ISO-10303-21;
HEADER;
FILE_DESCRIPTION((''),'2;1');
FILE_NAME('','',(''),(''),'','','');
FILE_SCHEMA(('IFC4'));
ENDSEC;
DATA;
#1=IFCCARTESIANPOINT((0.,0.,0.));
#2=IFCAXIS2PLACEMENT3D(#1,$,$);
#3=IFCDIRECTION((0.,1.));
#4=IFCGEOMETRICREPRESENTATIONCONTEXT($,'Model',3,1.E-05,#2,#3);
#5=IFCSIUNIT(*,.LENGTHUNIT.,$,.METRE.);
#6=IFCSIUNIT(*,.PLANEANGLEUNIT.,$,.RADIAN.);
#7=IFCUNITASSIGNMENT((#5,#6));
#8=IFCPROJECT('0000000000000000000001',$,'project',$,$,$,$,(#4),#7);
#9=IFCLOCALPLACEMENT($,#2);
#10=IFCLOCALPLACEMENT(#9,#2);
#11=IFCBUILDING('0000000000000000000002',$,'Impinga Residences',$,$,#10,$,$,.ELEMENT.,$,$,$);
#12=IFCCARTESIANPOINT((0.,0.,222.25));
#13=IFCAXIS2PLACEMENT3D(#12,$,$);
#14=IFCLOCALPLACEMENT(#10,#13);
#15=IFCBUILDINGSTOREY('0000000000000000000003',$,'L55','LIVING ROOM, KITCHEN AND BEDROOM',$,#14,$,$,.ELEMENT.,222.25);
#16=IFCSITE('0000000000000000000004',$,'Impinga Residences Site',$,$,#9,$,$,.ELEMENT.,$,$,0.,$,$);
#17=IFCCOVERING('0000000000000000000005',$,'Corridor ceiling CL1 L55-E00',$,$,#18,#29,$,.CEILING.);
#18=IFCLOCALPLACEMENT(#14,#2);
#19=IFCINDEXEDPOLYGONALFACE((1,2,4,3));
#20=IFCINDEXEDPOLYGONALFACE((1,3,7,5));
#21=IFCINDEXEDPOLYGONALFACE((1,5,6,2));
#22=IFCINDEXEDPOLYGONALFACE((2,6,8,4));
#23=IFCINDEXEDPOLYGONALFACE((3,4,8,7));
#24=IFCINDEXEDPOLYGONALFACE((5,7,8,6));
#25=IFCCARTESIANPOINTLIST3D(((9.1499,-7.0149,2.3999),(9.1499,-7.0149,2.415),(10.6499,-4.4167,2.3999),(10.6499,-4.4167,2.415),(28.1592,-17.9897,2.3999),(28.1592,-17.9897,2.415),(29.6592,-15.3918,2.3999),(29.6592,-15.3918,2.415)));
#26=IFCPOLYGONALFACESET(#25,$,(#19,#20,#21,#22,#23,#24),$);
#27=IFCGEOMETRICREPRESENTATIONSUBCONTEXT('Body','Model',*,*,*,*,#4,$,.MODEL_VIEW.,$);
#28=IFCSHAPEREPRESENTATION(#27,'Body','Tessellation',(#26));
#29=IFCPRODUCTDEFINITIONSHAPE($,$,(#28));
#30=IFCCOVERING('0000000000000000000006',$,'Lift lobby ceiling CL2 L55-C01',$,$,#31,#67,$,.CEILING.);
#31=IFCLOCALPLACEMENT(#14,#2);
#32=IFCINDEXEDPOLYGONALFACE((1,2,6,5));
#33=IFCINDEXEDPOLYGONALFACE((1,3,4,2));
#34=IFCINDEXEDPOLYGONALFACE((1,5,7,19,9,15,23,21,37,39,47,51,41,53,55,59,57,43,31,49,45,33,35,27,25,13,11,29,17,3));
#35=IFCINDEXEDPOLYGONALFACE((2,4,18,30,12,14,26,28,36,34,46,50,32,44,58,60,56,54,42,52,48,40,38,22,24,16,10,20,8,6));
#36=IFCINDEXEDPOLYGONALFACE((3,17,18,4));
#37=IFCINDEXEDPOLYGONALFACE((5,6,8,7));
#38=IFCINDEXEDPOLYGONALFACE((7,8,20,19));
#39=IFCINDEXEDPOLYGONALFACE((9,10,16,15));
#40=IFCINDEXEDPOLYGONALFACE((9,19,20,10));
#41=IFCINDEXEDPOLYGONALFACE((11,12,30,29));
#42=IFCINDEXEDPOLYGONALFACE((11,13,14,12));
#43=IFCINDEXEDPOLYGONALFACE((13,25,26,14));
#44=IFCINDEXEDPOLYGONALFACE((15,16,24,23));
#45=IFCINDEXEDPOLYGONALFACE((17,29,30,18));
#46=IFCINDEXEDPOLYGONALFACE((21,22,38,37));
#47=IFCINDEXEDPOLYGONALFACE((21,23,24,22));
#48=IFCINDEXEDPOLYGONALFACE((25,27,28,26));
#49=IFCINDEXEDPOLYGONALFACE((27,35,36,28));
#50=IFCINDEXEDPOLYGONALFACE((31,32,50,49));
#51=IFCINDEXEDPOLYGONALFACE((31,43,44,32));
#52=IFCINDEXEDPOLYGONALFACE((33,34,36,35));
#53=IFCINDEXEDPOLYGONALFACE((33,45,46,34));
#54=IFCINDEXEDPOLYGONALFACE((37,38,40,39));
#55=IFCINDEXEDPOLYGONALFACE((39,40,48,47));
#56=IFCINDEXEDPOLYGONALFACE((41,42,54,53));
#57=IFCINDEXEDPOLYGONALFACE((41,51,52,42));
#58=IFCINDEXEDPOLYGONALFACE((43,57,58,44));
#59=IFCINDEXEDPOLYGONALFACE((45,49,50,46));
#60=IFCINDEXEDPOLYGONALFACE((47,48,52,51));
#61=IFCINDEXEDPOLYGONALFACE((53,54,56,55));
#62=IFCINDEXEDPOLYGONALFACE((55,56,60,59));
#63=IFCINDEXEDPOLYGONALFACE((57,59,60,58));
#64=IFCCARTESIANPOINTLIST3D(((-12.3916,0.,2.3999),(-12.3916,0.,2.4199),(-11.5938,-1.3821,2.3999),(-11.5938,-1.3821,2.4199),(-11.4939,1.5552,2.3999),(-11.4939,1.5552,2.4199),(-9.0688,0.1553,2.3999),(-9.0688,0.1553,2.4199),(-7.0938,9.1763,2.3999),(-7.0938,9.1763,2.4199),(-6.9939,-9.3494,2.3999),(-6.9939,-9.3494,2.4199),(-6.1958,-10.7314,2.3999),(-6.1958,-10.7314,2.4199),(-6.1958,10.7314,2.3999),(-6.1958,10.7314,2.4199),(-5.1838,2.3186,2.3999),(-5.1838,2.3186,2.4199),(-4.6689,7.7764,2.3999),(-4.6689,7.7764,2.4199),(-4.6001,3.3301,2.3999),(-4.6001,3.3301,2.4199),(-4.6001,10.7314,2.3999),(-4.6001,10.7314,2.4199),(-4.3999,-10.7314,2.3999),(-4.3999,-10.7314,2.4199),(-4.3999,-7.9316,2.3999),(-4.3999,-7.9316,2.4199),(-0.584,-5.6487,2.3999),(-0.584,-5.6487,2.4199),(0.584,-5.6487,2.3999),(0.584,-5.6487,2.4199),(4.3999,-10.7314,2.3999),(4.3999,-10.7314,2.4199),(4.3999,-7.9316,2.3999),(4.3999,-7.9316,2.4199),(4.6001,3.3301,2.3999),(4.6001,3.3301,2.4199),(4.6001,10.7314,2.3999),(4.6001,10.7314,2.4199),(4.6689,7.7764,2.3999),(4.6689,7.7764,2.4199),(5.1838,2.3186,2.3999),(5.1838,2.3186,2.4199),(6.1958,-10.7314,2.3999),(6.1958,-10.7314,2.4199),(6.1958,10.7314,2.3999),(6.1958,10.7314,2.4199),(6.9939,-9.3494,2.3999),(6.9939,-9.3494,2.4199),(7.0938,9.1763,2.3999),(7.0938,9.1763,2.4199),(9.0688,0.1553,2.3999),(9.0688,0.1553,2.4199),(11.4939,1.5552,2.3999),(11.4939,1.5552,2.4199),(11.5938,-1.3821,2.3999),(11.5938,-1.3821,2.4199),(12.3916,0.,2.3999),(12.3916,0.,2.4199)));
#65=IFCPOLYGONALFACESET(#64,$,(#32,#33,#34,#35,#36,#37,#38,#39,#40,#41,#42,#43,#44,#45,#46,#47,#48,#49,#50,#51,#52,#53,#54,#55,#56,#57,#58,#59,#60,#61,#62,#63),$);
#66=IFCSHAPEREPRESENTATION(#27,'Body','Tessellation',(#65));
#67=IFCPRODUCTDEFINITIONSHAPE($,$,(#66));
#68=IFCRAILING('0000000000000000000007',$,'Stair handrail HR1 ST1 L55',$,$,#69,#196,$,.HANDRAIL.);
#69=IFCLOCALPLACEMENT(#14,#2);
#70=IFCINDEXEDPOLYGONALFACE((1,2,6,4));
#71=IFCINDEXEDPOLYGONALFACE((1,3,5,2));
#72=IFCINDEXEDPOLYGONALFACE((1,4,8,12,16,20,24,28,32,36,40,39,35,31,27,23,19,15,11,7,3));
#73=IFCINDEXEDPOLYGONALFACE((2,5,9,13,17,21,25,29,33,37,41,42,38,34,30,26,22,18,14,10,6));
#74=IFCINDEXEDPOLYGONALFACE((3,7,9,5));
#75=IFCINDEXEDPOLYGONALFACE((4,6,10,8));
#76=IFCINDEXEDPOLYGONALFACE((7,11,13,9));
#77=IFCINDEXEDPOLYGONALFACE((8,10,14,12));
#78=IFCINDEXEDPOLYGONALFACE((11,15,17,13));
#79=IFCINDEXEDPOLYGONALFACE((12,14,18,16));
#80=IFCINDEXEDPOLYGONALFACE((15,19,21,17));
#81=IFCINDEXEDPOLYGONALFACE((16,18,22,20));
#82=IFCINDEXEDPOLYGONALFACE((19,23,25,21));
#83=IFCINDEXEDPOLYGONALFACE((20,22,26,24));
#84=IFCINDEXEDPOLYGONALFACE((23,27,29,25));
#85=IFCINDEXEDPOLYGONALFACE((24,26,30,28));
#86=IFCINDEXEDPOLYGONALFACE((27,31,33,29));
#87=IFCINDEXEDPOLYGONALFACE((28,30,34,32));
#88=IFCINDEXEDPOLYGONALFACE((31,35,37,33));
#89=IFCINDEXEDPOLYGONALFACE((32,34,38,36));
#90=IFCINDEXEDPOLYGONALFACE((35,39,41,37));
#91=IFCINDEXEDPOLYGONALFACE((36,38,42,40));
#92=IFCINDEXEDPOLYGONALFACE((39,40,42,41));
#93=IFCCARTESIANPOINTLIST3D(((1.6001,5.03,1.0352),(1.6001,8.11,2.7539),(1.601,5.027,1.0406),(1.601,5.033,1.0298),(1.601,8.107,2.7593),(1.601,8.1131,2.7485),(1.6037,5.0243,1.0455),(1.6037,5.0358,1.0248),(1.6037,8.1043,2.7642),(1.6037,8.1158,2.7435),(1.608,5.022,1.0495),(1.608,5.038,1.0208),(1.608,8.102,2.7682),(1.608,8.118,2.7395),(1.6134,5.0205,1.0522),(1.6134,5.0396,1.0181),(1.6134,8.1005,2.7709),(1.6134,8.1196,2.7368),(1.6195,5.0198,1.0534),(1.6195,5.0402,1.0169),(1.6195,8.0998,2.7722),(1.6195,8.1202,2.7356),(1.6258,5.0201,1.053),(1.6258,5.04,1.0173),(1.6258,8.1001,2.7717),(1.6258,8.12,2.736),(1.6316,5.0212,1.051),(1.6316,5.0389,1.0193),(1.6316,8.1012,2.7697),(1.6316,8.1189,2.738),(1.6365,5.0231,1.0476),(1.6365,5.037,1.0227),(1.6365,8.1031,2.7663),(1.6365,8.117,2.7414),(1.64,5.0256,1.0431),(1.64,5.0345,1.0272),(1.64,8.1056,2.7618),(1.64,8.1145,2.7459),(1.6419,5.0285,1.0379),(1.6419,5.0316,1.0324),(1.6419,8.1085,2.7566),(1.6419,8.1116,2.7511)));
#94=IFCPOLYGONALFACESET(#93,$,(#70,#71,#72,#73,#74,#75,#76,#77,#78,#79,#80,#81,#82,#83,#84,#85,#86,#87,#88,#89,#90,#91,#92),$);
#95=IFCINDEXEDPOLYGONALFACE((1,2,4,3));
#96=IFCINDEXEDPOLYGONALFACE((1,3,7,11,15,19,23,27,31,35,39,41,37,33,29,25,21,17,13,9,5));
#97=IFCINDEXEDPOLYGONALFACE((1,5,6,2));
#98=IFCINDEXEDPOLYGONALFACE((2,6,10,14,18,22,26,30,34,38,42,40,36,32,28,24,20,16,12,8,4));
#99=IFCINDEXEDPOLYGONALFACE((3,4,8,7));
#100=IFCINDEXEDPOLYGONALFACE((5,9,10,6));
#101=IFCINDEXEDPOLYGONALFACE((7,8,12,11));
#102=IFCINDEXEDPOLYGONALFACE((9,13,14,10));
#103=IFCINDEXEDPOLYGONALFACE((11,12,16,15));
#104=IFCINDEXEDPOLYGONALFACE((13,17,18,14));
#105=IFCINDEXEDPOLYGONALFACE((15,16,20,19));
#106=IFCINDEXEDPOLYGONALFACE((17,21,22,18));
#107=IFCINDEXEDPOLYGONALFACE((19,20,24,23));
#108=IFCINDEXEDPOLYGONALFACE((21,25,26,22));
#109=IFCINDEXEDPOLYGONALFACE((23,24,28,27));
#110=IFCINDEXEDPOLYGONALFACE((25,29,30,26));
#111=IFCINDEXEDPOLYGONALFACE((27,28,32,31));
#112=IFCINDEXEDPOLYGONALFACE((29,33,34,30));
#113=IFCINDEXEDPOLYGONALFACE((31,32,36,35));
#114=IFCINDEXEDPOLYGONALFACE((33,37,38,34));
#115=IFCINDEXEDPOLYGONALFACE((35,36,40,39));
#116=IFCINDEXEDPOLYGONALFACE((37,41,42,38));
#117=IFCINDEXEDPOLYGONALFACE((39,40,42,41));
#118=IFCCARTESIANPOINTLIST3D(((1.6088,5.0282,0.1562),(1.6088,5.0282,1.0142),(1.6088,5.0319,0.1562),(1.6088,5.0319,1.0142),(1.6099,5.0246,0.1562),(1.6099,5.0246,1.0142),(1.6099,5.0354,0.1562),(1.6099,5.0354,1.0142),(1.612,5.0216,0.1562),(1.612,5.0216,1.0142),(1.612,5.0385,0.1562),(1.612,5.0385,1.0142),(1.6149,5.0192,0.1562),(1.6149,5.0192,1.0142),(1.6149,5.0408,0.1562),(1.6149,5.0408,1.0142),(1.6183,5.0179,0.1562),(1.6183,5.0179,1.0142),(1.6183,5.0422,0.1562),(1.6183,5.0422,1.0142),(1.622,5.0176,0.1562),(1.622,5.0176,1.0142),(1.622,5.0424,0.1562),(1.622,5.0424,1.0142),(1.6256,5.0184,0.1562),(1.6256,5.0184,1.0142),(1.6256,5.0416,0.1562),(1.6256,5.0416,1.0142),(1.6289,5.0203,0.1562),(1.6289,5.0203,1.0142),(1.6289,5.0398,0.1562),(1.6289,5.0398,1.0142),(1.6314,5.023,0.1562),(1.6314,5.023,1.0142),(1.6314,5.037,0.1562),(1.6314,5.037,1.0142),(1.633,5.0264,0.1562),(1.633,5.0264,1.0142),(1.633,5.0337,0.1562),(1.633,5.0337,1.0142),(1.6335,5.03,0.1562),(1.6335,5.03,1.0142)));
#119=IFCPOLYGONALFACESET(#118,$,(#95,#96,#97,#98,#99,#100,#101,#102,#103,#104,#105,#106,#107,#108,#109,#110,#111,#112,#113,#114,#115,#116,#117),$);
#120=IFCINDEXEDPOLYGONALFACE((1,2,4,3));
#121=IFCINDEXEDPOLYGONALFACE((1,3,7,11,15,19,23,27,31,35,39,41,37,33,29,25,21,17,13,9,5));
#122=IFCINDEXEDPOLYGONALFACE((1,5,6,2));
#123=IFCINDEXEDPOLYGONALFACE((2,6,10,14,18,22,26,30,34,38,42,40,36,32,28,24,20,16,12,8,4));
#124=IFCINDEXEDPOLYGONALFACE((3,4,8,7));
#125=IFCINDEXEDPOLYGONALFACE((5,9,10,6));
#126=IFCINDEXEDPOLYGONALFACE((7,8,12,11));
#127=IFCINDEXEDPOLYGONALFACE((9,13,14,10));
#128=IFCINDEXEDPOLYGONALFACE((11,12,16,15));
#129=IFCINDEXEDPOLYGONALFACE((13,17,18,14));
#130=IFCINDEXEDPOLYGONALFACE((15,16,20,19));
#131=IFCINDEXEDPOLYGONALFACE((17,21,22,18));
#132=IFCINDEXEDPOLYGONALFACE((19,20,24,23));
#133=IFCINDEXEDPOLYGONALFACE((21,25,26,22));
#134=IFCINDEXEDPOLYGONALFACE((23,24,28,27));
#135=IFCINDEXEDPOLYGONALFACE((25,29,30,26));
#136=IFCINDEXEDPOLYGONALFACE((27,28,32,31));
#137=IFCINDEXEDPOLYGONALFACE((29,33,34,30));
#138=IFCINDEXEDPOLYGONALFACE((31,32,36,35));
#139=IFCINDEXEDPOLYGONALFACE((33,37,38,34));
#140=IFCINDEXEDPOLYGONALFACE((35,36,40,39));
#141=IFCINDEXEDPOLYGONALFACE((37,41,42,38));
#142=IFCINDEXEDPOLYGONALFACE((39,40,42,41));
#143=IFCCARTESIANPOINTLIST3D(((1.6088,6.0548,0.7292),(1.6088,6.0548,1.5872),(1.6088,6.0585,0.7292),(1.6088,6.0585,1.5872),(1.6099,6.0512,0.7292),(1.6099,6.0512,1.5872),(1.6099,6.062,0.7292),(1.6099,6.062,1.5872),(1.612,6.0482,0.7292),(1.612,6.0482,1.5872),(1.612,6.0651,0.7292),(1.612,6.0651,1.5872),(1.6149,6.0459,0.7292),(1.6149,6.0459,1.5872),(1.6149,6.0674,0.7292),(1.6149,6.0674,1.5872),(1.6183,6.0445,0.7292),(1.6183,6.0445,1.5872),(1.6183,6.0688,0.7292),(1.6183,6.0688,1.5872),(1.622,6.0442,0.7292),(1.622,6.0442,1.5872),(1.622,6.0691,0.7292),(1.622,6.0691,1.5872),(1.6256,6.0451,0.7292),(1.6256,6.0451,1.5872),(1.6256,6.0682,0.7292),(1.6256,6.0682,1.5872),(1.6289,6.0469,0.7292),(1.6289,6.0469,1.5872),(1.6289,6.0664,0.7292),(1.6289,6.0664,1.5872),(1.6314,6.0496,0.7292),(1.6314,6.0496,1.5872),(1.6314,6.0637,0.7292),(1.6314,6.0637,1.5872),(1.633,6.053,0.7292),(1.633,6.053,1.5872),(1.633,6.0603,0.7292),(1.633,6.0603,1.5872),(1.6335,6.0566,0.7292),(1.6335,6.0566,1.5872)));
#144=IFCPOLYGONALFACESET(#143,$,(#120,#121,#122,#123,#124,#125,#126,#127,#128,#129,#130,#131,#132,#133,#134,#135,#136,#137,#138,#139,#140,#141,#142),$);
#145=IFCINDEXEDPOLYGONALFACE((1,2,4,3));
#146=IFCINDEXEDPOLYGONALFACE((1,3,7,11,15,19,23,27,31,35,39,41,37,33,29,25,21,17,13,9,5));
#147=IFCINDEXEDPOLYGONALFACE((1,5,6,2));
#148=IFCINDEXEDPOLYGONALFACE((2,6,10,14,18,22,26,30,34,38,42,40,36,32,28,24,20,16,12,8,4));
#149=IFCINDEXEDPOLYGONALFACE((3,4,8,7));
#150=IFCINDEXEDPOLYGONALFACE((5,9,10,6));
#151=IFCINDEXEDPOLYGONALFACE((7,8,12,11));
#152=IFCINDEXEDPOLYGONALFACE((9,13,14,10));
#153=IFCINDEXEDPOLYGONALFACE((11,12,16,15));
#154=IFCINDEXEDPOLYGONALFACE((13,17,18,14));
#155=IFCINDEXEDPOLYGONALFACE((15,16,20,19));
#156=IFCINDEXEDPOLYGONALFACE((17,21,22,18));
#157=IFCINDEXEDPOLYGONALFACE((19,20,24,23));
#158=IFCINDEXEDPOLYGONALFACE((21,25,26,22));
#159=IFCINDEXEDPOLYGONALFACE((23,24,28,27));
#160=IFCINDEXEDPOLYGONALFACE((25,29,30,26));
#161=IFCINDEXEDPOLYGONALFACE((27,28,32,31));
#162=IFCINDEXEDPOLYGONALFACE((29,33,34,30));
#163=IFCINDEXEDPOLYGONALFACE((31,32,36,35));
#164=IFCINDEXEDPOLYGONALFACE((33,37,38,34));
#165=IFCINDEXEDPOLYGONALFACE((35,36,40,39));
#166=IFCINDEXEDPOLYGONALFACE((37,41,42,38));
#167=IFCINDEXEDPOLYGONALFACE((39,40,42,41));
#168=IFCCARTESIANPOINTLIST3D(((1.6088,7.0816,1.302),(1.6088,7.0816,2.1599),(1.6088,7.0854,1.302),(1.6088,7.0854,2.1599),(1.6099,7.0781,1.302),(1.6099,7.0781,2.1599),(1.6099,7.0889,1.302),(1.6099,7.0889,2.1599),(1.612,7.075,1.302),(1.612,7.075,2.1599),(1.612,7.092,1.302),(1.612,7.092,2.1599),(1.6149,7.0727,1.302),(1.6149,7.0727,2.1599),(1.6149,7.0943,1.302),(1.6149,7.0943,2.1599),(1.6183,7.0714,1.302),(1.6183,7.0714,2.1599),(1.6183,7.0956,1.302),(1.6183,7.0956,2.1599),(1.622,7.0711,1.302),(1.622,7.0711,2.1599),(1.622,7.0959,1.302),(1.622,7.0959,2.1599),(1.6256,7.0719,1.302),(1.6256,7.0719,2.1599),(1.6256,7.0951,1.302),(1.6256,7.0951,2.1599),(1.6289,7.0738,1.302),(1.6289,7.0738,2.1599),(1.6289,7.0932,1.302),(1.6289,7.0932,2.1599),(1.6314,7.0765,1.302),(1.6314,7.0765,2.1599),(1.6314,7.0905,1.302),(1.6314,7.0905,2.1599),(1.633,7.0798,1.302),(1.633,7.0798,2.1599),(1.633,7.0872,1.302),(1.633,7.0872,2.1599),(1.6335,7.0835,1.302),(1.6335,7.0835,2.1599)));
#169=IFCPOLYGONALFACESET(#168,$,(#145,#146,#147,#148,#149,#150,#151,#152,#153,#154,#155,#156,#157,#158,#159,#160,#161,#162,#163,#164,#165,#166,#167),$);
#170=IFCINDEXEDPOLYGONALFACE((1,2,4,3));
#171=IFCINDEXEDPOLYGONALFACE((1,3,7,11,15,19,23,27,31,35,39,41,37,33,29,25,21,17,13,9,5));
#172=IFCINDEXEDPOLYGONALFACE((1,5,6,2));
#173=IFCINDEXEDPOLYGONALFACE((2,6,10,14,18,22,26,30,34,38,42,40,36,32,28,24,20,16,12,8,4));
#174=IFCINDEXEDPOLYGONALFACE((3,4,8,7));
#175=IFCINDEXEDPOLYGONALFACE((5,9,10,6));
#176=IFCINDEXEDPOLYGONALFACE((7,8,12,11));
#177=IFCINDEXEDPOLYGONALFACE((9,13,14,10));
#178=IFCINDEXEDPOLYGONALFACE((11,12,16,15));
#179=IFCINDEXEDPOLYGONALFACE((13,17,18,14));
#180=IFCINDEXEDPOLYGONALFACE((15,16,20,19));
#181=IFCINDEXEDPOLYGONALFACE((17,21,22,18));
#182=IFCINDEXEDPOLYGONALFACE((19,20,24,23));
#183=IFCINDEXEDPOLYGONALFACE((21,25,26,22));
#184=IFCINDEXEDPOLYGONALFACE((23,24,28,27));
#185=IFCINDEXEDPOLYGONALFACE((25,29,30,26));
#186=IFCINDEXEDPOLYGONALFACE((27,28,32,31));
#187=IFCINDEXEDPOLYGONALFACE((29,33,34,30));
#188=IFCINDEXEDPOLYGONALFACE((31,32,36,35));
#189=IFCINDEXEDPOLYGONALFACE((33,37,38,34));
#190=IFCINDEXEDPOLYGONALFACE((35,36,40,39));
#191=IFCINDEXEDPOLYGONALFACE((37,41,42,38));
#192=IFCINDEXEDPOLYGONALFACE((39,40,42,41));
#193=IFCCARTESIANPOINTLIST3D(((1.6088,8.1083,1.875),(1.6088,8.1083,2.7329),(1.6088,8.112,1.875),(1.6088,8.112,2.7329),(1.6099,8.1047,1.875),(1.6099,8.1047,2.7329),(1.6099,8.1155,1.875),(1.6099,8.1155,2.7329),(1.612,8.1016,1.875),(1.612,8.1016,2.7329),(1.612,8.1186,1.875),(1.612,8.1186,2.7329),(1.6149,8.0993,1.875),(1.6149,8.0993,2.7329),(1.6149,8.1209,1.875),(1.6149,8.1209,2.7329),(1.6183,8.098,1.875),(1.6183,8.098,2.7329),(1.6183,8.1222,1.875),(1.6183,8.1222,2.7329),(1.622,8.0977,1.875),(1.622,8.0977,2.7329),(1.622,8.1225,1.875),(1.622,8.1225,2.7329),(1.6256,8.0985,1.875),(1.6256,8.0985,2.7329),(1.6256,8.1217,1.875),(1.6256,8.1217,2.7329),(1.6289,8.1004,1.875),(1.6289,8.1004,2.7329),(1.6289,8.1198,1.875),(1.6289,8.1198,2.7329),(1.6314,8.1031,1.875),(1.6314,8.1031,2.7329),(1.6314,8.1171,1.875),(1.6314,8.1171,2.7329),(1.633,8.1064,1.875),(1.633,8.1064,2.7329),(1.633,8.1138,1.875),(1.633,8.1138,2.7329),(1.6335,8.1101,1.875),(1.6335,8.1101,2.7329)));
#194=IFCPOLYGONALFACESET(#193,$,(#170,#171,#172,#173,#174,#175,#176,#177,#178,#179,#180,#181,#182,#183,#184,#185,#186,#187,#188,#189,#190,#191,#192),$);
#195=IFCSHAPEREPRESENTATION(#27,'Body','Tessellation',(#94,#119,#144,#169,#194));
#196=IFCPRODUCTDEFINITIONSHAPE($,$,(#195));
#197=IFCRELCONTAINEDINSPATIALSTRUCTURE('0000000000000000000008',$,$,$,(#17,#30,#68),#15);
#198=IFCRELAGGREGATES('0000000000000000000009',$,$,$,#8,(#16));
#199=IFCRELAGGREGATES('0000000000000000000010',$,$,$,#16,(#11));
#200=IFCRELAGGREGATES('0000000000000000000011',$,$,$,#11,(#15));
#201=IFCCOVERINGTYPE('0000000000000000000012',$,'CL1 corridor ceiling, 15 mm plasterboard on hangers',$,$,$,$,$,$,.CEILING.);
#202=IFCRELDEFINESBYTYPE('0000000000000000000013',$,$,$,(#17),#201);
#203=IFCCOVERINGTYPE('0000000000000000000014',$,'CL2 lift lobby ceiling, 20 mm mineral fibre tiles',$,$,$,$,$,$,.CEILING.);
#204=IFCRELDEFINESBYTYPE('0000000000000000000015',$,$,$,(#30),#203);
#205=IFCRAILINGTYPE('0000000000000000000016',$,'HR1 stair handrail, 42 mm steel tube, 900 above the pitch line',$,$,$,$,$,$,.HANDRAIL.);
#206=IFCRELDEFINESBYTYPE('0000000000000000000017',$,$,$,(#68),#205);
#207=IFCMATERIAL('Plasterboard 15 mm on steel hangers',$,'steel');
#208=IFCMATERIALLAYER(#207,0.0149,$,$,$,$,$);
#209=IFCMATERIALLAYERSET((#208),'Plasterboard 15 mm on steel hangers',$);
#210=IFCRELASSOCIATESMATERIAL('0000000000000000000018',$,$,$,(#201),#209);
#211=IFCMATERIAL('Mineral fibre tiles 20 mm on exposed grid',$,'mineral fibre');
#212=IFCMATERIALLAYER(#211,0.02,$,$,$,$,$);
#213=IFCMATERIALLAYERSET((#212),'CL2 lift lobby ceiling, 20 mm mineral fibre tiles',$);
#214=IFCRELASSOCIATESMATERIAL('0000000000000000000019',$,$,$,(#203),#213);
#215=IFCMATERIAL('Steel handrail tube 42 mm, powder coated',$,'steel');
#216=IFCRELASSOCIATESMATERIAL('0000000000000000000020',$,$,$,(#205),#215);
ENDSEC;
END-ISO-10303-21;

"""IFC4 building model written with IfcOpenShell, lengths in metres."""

from ifc_helpers import new_model, si_unit, direction, frame, origin, origin_2d, place, context, subcontext, project, spatial, polyline, circle, outline, extrude, material, layer, layer_set, type_object, element, save


model = new_model("IFC4")

# Units and contexts
model_context = context("Model", 3, precision=1e-05, world=origin(), true_north=direction((0.0, 1.0)))
body_context = subcontext(model_context, "Body", "Model", "MODEL_VIEW")
ifc_project = project(units=[si_unit("LENGTHUNIT", "METRE"), si_unit("PLANEANGLEUNIT", "RADIAN")], contexts=[model_context])

# Site, building, storey
site_placement = place(None, origin())
site = spatial("IfcSite", under=ifc_project, at=site_placement, Name="Impinga Residences Site", CompositionType="ELEMENT", RefElevation=0.0)
building_placement = place(site_placement, origin())
building = spatial("IfcBuilding", under=site, at=building_placement, Name="Impinga Residences", CompositionType="ELEMENT")
storey_placement = place(building_placement, frame((0.0, 0.0, 222.25)))
storey = spatial("IfcBuildingStorey", under=building, at=storey_placement, Name="L55", Description="LIVING ROOM, KITCHEN AND BEDROOM", CompositionType="ELEMENT", Elevation=222.25)

# Coverings
ifc_material_1 = material(Name="Plasterboard 15 mm on steel hangers", Category="steel")
ifc_layer_1 = layer(ifc_material_1, 0.0149)
ifc_layer_set_1 = layer_set([ifc_layer_1], Name="Plasterboard 15 mm on steel hangers")
covering_type_1 = type_object("IfcCoveringType", Name="CL1 corridor ceiling, 15 mm plasterboard on hangers", PredefinedType="CEILING", material=ifc_layer_set_1)
covering_1_placement = place(storey_placement, frame((0.0, 0.0, 2.3999)))
element("IfcCovering", 1, at=covering_1_placement, inside=storey, type_object=covering_type_1, Name="Corridor ceiling CL1 L55-E00", PredefinedType="CEILING", context=body_context, shape_type="SweptSolid", body=[
    extrude(outline(polyline([(10.6499, -4.4167), (9.1499, -7.0149), (28.1592, -17.9897), (29.6592, -15.3918), (10.6499, -4.4167)])), origin(), (0.0, 0.0, 1.0), 0.0151),
])
ifc_material_2 = material(Name="Mineral fibre tiles 20 mm on exposed grid", Category="mineral fibre")
ifc_layer_2 = layer(ifc_material_2, 0.02)
ifc_layer_set_2 = layer_set([ifc_layer_2], Name="CL2 lift lobby ceiling, 20 mm mineral fibre tiles")
covering_type_2 = type_object("IfcCoveringType", Name="CL2 lift lobby ceiling, 20 mm mineral fibre tiles", PredefinedType="CEILING", material=ifc_layer_set_2)
covering_2_placement = place(storey_placement, frame((0.0, 0.0, 2.3999)))
element("IfcCovering", 2, at=covering_2_placement, inside=storey, type_object=covering_type_2, Name="Lift lobby ceiling CL2 L55-C01", PredefinedType="CEILING", context=body_context, shape_type="SweptSolid", body=[
    extrude(outline(polyline([(12.3916, 0.0), (11.5938, -1.3821), (5.1838, 2.3186), (0.584, -5.6487), (6.9939, -9.3494), (6.1958, -10.7314), (4.3999, -10.7314), (4.3999, -7.9316), (-4.3999, -7.9316), (-4.3999, -10.7314), (-6.1958, -10.7314), (-6.9939, -9.3494), (-0.584, -5.6487), (-5.1838, 2.3186), (-11.5938, -1.3821), (-12.3916, 0.0), (-11.4939, 1.5552), (-9.0688, 0.1553), (-4.6689, 7.7764), (-7.0938, 9.1763), (-6.1958, 10.7314), (-4.6001, 10.7314), (-4.6001, 3.3301), (4.6001, 3.3301), (4.6001, 10.7314), (6.1958, 10.7314), (7.0938, 9.1763), (4.6689, 7.7764), (9.0688, 0.1553), (11.4939, 1.5552), (12.3916, 0.0)])), origin(), (0.0, 0.0, 1.0), 0.02),
])

# Railing
ifc_material_3 = material(Name="Steel handrail tube 42 mm, powder coated", Category="steel")
railing_type = type_object("IfcRailingType", Name="HR1 stair handrail, 42 mm steel tube, 900 above the pitch line", PredefinedType="HANDRAIL", material=ifc_material_3)
railing_1_placement = place(storey_placement, frame((1.6211, 5.03, 0.1562)))
element("IfcRailing", 3, at=railing_1_placement, inside=storey, type_object=railing_type, Name="Stair handrail HR1 ST1 L55", PredefinedType="HANDRAIL", context=body_context, shape_type="SweptSolid", body=[
    extrude(circle(Radius=0.021, at=origin_2d()), frame((0.0, 0.0, 0.8789), z_axis=(0.0, 0.873242, 0.487288), x_axis=(-1.0, 0.0, 0.0)), (0.0, 0.0, 1.0), 3.5271),
    extrude(circle(Radius=0.0125, at=origin_2d()), origin(), (0.0, 0.0, 1.0), 0.8579),
    extrude(circle(Radius=0.0125, at=origin_2d()), frame((0.0, 1.0266, 0.573)), (0.0, 0.0, 1.0), 0.8579),
    extrude(circle(Radius=0.0125, at=origin_2d()), frame((0.0, 2.0535, 1.1458)), (0.0, 0.0, 1.0), 0.8579),
    extrude(circle(Radius=0.0125, at=origin_2d()), frame((0.0, 3.0801, 1.7188)), (0.0, 0.0, 1.0), 0.8579),
])

save(model, "model.ifc")
